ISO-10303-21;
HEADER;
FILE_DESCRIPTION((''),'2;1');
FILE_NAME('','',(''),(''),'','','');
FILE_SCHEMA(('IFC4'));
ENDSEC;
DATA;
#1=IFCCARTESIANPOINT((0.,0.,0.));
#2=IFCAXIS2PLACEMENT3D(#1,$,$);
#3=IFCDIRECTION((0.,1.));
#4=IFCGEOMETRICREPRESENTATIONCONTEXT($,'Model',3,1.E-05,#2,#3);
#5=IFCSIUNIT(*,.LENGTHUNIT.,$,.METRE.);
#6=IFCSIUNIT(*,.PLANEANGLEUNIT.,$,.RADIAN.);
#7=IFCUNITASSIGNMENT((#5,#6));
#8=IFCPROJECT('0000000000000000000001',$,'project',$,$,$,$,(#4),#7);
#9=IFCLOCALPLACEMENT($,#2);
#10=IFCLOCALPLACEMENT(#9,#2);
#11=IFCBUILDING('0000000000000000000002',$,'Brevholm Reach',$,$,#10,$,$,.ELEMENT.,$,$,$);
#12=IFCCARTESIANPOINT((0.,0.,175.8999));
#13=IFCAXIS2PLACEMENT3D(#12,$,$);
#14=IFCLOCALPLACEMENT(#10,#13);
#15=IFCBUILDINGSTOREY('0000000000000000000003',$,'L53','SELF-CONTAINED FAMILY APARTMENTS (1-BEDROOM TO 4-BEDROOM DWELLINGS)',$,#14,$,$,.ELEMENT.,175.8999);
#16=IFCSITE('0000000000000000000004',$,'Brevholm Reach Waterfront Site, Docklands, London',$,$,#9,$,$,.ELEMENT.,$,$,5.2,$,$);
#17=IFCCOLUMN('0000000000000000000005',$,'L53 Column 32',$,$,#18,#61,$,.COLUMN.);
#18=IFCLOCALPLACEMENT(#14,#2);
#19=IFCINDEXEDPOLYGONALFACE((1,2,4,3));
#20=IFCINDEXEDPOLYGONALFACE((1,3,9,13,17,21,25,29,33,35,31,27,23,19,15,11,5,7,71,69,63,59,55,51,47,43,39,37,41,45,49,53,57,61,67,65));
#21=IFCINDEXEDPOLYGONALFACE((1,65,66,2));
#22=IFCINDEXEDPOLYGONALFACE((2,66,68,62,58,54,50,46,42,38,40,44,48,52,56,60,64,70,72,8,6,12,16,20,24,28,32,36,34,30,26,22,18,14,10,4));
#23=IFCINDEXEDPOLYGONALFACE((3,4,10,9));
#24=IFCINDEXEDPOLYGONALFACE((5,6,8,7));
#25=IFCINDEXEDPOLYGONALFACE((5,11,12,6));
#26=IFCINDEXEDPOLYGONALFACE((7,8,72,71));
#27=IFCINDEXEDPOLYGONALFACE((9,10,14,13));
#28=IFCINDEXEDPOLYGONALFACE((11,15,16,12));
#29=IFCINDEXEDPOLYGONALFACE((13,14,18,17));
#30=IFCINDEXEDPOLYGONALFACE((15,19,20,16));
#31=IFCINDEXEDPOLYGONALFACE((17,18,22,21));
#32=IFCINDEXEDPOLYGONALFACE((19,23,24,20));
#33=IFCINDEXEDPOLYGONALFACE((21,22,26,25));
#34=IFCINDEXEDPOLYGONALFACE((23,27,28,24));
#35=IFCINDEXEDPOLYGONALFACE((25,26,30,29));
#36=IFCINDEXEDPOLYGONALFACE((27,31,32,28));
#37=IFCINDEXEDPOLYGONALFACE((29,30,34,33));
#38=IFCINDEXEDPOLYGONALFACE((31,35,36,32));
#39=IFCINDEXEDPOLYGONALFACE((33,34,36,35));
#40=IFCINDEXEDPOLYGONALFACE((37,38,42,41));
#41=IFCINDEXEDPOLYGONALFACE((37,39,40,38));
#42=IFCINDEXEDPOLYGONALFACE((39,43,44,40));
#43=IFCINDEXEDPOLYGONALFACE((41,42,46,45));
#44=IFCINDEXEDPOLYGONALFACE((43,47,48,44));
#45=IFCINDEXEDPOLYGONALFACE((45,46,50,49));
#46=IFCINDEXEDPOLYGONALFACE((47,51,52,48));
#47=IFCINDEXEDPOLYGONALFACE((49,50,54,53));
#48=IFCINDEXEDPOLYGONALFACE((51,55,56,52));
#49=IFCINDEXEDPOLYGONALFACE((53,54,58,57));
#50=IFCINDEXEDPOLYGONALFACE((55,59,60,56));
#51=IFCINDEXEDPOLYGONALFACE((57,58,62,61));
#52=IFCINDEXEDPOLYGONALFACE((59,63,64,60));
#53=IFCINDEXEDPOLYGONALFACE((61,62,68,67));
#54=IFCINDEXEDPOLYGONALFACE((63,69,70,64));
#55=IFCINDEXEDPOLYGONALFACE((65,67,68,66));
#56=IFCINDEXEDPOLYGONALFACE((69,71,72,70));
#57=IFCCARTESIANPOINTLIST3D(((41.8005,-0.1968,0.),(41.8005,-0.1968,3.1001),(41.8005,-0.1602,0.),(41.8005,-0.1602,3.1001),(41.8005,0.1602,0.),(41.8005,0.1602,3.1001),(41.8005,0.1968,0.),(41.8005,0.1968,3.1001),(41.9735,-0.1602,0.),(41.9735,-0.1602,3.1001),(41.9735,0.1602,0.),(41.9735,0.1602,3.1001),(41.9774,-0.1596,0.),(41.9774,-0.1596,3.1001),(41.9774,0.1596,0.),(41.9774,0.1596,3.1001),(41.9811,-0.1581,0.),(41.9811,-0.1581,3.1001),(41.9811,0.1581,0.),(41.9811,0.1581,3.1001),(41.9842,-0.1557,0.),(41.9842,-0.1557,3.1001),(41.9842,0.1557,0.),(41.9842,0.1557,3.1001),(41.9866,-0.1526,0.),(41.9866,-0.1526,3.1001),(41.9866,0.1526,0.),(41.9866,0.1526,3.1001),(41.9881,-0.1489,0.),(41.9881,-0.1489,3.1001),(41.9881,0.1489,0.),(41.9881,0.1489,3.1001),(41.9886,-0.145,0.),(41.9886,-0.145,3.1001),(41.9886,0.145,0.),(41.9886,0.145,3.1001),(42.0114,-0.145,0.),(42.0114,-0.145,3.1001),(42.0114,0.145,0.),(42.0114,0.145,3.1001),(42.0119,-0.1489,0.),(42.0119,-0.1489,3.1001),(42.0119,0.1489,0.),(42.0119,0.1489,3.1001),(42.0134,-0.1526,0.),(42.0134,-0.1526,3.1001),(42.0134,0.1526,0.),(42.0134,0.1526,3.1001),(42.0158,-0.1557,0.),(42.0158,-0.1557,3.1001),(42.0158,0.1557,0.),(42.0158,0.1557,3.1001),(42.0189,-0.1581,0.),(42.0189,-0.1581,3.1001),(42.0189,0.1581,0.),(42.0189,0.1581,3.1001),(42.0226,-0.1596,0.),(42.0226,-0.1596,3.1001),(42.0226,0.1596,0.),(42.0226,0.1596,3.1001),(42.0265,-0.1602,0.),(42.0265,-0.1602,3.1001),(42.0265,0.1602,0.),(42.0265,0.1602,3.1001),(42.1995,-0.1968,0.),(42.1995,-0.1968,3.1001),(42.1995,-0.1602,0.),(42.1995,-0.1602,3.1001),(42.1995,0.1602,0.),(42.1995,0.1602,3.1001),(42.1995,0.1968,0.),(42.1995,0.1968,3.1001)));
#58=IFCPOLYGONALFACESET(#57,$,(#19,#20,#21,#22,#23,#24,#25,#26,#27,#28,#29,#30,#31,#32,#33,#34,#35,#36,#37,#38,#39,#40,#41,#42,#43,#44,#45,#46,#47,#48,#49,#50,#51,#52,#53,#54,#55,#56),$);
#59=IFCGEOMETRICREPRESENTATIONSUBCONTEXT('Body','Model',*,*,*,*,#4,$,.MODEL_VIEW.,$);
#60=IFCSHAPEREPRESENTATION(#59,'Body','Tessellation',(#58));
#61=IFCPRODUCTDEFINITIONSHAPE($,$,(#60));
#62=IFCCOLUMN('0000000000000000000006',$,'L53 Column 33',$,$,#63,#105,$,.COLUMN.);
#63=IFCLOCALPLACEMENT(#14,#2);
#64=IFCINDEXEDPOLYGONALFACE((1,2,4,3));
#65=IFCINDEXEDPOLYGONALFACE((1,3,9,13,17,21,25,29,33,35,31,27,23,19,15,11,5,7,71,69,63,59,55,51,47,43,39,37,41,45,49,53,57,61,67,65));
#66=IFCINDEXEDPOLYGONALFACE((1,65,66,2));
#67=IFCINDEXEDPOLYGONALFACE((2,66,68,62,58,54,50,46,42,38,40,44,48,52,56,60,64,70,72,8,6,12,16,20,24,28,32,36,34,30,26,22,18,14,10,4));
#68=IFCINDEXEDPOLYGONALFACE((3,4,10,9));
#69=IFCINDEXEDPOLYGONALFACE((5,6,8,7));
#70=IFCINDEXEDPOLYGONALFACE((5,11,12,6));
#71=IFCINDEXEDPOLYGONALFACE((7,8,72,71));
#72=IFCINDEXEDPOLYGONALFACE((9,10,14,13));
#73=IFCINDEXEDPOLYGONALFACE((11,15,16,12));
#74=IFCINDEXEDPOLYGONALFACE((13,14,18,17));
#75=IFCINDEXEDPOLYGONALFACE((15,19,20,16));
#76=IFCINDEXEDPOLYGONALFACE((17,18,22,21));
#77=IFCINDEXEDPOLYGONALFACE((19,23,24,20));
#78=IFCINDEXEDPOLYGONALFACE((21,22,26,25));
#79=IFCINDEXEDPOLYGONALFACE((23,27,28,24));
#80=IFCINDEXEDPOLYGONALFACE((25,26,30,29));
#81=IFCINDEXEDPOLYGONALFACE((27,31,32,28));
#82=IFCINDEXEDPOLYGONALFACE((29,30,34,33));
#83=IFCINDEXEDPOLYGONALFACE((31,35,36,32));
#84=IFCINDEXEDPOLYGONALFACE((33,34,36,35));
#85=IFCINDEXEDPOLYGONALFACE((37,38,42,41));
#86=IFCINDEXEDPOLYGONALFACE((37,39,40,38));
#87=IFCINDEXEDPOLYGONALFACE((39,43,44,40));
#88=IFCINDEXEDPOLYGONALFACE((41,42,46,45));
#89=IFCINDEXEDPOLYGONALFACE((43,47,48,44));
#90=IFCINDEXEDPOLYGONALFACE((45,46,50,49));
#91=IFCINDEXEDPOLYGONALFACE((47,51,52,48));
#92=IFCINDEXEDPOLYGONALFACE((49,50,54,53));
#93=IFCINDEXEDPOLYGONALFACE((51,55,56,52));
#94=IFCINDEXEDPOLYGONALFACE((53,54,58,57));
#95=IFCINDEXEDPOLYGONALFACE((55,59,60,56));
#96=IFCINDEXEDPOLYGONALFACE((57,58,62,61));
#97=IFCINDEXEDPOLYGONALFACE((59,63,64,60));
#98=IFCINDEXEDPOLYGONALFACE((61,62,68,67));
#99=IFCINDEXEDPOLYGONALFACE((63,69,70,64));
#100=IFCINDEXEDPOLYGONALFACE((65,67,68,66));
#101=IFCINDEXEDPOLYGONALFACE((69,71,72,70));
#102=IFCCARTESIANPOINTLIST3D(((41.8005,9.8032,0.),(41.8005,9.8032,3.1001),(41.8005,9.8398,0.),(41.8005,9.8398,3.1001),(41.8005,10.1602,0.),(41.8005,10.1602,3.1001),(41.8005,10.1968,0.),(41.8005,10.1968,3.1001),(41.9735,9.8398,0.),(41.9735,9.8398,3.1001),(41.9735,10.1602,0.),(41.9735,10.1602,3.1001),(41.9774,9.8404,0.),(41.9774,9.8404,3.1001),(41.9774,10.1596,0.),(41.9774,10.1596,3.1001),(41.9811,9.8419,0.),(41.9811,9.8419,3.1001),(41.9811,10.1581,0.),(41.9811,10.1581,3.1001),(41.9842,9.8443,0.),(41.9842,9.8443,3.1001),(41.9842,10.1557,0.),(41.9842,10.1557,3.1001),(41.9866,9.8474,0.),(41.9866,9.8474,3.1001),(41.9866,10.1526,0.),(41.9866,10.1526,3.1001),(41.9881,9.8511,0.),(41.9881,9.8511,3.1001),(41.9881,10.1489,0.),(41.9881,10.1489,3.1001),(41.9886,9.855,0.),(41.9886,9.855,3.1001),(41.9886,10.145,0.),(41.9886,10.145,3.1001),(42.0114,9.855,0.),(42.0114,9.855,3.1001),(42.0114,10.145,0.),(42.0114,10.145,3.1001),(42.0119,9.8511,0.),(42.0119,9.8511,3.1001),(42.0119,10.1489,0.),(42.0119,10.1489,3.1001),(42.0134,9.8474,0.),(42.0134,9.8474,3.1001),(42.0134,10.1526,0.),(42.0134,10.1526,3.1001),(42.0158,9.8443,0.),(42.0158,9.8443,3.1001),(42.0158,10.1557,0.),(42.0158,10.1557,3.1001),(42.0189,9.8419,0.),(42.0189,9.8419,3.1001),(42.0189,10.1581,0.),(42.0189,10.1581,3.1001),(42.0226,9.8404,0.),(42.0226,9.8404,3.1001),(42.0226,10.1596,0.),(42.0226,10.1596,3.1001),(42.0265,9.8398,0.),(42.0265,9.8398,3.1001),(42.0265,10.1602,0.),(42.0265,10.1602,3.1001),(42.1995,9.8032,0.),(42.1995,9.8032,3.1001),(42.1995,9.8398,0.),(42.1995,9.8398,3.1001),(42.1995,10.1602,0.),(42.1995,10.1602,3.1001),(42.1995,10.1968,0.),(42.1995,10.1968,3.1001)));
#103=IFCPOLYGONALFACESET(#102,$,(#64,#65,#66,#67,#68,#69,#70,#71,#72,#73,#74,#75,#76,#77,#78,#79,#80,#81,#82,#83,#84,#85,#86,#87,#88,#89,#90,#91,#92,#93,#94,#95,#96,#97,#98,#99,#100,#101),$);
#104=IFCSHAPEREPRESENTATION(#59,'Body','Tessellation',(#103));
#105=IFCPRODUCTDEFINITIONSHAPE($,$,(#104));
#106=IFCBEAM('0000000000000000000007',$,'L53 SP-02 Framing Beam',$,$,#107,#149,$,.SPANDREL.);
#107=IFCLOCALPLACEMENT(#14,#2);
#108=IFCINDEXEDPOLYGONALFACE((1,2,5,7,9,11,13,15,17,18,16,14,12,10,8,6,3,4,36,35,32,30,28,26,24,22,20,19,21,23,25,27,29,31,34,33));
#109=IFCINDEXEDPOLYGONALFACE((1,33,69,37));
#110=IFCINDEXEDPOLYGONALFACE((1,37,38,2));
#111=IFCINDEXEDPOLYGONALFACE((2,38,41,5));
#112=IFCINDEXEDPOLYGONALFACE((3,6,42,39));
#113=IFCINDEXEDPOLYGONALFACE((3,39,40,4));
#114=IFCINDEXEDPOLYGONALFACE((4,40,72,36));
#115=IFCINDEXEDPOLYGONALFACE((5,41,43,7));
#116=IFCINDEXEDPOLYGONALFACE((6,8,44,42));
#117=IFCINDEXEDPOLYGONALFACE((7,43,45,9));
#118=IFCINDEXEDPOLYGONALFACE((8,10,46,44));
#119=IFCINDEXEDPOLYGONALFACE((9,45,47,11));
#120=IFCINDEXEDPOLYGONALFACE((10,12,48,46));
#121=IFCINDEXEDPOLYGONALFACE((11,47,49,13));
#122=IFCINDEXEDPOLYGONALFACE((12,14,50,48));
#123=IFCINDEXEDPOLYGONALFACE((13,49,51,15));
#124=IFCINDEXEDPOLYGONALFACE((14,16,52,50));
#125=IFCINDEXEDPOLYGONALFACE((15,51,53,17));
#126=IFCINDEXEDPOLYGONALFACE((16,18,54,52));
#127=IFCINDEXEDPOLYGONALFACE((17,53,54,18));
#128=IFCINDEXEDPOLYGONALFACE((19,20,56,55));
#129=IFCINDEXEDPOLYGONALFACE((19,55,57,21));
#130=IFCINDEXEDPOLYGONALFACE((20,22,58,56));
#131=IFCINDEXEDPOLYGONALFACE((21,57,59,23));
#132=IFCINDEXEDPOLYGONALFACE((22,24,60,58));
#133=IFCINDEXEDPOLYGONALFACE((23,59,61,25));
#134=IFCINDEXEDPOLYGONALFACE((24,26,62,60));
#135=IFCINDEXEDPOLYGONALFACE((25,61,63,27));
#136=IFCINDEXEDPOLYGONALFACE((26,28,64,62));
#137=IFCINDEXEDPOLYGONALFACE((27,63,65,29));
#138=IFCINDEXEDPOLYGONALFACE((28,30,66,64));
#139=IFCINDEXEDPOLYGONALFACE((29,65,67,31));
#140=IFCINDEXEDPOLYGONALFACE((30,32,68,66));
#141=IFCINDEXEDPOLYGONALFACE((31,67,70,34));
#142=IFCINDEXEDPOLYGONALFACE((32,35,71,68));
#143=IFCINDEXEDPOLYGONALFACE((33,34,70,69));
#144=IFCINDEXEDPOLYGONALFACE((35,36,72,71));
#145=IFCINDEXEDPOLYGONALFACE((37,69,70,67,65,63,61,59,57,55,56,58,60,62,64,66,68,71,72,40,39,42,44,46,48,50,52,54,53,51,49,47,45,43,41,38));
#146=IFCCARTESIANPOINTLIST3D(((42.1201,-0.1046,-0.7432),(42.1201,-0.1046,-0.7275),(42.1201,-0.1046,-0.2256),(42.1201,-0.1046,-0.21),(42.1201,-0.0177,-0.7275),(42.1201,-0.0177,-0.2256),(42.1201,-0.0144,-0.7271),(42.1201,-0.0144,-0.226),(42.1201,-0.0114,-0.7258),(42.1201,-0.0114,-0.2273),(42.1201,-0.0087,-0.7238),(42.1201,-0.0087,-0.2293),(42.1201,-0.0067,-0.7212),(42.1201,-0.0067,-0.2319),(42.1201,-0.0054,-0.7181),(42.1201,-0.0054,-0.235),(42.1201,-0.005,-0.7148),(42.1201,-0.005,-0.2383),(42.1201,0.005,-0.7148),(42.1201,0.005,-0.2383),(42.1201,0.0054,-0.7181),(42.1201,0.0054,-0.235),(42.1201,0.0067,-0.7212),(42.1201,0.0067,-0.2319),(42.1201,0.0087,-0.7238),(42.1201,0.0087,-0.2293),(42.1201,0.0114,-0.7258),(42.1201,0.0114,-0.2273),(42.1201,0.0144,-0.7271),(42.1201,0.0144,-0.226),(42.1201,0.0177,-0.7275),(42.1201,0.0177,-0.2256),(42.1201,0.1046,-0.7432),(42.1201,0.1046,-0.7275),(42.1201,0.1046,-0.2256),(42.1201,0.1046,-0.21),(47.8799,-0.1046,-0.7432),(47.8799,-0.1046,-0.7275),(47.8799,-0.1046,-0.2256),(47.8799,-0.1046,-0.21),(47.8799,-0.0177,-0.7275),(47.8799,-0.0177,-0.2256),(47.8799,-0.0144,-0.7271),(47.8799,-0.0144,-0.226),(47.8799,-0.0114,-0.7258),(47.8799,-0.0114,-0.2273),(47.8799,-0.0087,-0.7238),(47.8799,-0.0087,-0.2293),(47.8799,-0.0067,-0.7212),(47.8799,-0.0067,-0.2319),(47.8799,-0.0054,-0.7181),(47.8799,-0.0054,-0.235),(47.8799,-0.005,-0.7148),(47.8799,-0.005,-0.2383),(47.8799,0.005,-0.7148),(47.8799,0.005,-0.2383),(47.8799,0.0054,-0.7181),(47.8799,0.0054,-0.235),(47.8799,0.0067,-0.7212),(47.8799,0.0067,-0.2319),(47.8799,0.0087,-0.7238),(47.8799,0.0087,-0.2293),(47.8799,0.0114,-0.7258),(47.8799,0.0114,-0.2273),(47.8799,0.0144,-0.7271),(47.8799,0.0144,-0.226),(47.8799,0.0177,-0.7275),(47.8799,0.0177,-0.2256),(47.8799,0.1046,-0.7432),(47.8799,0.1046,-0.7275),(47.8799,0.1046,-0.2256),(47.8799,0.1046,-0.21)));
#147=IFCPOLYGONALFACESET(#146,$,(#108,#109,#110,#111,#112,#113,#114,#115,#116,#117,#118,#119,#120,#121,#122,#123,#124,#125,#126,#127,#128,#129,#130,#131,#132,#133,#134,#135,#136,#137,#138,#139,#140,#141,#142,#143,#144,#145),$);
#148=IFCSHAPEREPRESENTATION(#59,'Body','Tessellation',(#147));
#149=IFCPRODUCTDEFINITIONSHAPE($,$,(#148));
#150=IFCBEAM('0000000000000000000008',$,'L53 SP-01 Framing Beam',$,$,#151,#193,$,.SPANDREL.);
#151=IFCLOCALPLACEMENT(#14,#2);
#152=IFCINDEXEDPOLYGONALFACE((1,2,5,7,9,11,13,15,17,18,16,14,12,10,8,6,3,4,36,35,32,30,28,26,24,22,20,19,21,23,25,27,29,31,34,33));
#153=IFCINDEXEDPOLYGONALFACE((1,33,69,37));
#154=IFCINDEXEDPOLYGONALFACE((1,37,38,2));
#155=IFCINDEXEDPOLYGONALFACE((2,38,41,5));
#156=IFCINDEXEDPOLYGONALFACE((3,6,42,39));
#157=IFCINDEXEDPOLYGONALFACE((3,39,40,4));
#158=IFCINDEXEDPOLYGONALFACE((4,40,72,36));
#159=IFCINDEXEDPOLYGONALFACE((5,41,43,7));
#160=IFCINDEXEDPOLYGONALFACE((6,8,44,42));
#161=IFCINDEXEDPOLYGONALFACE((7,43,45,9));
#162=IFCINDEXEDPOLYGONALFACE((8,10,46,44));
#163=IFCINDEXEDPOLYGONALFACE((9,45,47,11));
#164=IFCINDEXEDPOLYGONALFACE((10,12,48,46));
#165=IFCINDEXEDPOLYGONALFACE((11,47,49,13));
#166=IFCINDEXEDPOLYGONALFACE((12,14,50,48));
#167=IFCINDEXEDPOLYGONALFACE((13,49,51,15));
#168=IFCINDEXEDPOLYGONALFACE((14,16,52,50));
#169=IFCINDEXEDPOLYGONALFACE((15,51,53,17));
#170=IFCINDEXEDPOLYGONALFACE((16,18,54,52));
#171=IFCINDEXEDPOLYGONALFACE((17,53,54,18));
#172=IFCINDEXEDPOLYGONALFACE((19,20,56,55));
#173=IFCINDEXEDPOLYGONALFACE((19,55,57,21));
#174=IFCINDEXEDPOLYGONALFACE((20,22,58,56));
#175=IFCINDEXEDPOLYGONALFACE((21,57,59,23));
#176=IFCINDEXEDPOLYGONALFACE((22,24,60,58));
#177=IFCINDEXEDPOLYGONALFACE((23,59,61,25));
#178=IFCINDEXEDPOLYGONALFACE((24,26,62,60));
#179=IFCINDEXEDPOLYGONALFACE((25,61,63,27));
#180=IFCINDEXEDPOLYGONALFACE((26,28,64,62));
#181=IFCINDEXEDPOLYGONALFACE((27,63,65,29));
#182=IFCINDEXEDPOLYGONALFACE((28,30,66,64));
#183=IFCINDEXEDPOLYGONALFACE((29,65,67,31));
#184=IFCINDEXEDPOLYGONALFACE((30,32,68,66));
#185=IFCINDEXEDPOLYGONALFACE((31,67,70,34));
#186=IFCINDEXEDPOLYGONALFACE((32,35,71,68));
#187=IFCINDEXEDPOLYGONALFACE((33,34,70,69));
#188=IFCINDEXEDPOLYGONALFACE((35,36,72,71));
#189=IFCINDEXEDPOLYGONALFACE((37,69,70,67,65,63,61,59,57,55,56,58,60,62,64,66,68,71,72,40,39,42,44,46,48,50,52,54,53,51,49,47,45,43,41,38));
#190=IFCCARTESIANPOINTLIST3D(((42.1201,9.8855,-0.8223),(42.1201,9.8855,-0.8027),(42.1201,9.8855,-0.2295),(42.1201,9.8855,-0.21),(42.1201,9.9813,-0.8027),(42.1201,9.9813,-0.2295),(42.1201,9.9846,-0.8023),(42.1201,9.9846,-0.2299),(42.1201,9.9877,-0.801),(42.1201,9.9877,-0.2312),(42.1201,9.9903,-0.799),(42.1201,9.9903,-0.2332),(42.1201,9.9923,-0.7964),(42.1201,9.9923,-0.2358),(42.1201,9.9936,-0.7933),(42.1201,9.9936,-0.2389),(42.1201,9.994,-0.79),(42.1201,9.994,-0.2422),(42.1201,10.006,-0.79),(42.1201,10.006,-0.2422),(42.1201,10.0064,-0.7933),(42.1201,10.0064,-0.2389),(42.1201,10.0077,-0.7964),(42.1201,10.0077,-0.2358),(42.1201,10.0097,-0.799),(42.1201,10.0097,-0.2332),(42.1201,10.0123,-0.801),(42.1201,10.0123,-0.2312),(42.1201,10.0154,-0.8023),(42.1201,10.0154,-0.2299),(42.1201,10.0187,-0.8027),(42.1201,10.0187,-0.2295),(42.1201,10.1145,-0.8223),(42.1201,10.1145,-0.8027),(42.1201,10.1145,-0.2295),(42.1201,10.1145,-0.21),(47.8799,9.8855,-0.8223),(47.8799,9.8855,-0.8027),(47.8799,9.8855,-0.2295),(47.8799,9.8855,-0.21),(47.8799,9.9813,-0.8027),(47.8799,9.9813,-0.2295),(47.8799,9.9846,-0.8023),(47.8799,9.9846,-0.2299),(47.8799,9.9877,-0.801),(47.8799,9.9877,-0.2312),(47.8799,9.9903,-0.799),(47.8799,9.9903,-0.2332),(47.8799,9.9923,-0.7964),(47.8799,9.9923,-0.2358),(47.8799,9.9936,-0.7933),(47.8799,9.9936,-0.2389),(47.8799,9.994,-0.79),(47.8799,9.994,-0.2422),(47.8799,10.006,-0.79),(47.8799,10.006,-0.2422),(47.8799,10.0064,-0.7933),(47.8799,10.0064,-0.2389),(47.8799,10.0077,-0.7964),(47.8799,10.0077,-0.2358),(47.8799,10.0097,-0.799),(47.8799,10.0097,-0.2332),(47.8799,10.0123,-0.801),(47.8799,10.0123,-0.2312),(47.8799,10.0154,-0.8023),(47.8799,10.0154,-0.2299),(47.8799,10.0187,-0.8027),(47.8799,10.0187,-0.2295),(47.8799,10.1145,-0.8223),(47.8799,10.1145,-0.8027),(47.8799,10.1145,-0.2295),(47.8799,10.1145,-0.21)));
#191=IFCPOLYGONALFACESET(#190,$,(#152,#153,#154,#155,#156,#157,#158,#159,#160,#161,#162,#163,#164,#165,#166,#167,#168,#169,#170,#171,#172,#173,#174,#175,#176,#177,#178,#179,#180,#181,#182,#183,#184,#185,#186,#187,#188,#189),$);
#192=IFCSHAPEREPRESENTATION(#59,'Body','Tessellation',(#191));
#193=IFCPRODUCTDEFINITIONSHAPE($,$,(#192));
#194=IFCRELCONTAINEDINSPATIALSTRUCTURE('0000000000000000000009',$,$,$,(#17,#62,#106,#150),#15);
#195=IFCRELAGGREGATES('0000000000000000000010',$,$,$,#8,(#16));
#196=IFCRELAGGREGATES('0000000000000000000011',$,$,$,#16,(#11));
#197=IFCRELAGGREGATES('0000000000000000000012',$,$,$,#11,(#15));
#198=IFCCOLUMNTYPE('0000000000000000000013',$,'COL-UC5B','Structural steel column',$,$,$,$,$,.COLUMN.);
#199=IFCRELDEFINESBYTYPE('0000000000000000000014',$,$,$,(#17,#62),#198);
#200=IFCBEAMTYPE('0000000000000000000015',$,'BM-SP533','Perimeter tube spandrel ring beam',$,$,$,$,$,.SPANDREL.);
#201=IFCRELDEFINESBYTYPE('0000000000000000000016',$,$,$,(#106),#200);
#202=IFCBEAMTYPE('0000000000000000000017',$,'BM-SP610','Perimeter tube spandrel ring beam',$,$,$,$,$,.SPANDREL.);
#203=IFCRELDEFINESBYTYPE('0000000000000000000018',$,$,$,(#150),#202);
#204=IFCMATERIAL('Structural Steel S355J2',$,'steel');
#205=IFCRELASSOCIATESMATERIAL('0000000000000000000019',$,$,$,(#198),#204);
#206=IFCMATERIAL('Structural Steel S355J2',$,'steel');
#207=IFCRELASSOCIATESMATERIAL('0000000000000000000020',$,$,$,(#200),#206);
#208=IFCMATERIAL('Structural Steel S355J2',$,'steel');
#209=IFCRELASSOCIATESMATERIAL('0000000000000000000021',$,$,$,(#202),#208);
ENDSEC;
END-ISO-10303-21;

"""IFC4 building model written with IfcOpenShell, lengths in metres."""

from ifc_helpers import new_model, si_unit, direction, frame, origin, origin_2d, place, context, subcontext, project, spatial, i_section, extrude, material, material_profile, profile_set, type_object, element, save


model = new_model("IFC4")

# Units and contexts
model_context = context("Model", 3, precision=1e-05, world=origin(), true_north=direction((0.0, 1.0)))
body_context = subcontext(model_context, "Body", "Model", "MODEL_VIEW")
ifc_project = project(units=[si_unit("LENGTHUNIT", "METRE"), si_unit("PLANEANGLEUNIT", "RADIAN")], contexts=[model_context])

# Site, building, storey
site_placement = place(None, origin())
site = spatial("IfcSite", under=ifc_project, at=site_placement, Name="Brevholm Reach Waterfront Site, Docklands, London", CompositionType="ELEMENT", RefElevation=5.2)
building_placement = place(site_placement, origin())
building = spatial("IfcBuilding", under=site, at=building_placement, Name="Brevholm Reach", CompositionType="ELEMENT")
storey_placement = place(building_placement, frame((0.0, 0.0, 175.8999)))
storey = spatial("IfcBuildingStorey", under=building, at=storey_placement, Name="L53", Description="SELF-CONTAINED FAMILY APARTMENTS (1-BEDROOM TO 4-BEDROOM DWELLINGS)", CompositionType="ELEMENT", Elevation=175.8999)

# Columns
ifc_material_1 = material(Name="Structural Steel S355J2", Category="steel")
ifc_material_profile_1 = material_profile(ifc_material_1, i_section(OverallWidth=0.3989, OverallDepth=0.3936, WebThickness=0.0227, FlangeThickness=0.0366, FilletRadius=0.0151, at=origin_2d()), Name="UKC 356x406x287")
ifc_profile_set_1 = profile_set([ifc_material_profile_1], Name="Structural Steel S355J2")
column_type = type_object("IfcColumnType", Name="COL-UC5B", Description="Structural steel column", PredefinedType="COLUMN", material=ifc_profile_set_1)
for number, where, z_axis, x_axis, name in (
    (1, (42.0, 0.0, 0.0), (0.0, 0.0, 1.0), (1.0, 0.0, 0.0), "L53 Column 32"),
    (2, (42.0, 10.0, 0.0), (0.0, 0.0, 1.0), (1.0, 0.0, 0.0), "L53 Column 33"),
):
    element("IfcColumn", number, at=place(storey_placement, frame(where, z_axis=z_axis, x_axis=x_axis)), inside=storey, type_object=column_type, Name=name, PredefinedType="COLUMN", context=body_context, shape_type="SweptSolid", body=[
        extrude(i_section(OverallWidth=0.3989, OverallDepth=0.3936, WebThickness=0.0227, FlangeThickness=0.0366, FilletRadius=0.0151, at=origin_2d()), origin(), (0.0, 0.0, 1.0), 3.1001),
    ])

# Beams
ifc_material_2 = material(Name="Structural Steel S355J2", Category="steel")
ifc_material_profile_2 = material_profile(ifc_material_2, i_section(OverallWidth=0.2092, OverallDepth=0.5332, WebThickness=0.01, FlangeThickness=0.0156, FilletRadius=0.0127, at=origin_2d()), Name="UKB 533x210x92")
ifc_profile_set_2 = profile_set([ifc_material_profile_2], Name="Structural Steel S355J2")
beam_type_1 = type_object("IfcBeamType", Name="BM-SP533", Description="Perimeter tube spandrel ring beam", PredefinedType="SPANDREL", material=ifc_profile_set_2)
beam_1_placement = place(storey_placement, frame((42.1201, 0.0, -0.4766), z_axis=(1.0, 0.0, 0.0), x_axis=(0.0, 1.0, 0.0)))
element("IfcBeam", 3, at=beam_1_placement, inside=storey, type_object=beam_type_1, Name="L53 SP-02 Framing Beam", PredefinedType="SPANDREL", context=body_context, shape_type="SweptSolid", body=[
    extrude(i_section(OverallWidth=0.2092, OverallDepth=0.5332, WebThickness=0.01, FlangeThickness=0.0156, FilletRadius=0.0127, at=origin_2d()), origin(), (0.0, 0.0, 1.0), 5.7598),
])
ifc_material_3 = material(Name="Structural Steel S355J2", Category="steel")
ifc_material_profile_3 = material_profile(ifc_material_3, i_section(OverallWidth=0.229, OverallDepth=0.6123, WebThickness=0.012, FlangeThickness=0.0195, FilletRadius=0.0127, at=origin_2d()), Name="UKB 610x229x125")
ifc_profile_set_3 = profile_set([ifc_material_profile_3], Name="Structural Steel S355J2")
beam_type_2 = type_object("IfcBeamType", Name="BM-SP610", Description="Perimeter tube spandrel ring beam", PredefinedType="SPANDREL", material=ifc_profile_set_3)
beam_2_placement = place(storey_placement, frame((42.1201, 10.0, -0.5161), z_axis=(1.0, 0.0, 0.0), x_axis=(0.0, 1.0, 0.0)))
element("IfcBeam", 4, at=beam_2_placement, inside=storey, type_object=beam_type_2, Name="L53 SP-01 Framing Beam", PredefinedType="SPANDREL", context=body_context, shape_type="SweptSolid", body=[
    extrude(i_section(OverallWidth=0.229, OverallDepth=0.6123, WebThickness=0.012, FlangeThickness=0.0195, FilletRadius=0.0127, at=origin_2d()), origin(), (0.0, 0.0, 1.0), 5.7598),
])

save(model, "model.ifc")
